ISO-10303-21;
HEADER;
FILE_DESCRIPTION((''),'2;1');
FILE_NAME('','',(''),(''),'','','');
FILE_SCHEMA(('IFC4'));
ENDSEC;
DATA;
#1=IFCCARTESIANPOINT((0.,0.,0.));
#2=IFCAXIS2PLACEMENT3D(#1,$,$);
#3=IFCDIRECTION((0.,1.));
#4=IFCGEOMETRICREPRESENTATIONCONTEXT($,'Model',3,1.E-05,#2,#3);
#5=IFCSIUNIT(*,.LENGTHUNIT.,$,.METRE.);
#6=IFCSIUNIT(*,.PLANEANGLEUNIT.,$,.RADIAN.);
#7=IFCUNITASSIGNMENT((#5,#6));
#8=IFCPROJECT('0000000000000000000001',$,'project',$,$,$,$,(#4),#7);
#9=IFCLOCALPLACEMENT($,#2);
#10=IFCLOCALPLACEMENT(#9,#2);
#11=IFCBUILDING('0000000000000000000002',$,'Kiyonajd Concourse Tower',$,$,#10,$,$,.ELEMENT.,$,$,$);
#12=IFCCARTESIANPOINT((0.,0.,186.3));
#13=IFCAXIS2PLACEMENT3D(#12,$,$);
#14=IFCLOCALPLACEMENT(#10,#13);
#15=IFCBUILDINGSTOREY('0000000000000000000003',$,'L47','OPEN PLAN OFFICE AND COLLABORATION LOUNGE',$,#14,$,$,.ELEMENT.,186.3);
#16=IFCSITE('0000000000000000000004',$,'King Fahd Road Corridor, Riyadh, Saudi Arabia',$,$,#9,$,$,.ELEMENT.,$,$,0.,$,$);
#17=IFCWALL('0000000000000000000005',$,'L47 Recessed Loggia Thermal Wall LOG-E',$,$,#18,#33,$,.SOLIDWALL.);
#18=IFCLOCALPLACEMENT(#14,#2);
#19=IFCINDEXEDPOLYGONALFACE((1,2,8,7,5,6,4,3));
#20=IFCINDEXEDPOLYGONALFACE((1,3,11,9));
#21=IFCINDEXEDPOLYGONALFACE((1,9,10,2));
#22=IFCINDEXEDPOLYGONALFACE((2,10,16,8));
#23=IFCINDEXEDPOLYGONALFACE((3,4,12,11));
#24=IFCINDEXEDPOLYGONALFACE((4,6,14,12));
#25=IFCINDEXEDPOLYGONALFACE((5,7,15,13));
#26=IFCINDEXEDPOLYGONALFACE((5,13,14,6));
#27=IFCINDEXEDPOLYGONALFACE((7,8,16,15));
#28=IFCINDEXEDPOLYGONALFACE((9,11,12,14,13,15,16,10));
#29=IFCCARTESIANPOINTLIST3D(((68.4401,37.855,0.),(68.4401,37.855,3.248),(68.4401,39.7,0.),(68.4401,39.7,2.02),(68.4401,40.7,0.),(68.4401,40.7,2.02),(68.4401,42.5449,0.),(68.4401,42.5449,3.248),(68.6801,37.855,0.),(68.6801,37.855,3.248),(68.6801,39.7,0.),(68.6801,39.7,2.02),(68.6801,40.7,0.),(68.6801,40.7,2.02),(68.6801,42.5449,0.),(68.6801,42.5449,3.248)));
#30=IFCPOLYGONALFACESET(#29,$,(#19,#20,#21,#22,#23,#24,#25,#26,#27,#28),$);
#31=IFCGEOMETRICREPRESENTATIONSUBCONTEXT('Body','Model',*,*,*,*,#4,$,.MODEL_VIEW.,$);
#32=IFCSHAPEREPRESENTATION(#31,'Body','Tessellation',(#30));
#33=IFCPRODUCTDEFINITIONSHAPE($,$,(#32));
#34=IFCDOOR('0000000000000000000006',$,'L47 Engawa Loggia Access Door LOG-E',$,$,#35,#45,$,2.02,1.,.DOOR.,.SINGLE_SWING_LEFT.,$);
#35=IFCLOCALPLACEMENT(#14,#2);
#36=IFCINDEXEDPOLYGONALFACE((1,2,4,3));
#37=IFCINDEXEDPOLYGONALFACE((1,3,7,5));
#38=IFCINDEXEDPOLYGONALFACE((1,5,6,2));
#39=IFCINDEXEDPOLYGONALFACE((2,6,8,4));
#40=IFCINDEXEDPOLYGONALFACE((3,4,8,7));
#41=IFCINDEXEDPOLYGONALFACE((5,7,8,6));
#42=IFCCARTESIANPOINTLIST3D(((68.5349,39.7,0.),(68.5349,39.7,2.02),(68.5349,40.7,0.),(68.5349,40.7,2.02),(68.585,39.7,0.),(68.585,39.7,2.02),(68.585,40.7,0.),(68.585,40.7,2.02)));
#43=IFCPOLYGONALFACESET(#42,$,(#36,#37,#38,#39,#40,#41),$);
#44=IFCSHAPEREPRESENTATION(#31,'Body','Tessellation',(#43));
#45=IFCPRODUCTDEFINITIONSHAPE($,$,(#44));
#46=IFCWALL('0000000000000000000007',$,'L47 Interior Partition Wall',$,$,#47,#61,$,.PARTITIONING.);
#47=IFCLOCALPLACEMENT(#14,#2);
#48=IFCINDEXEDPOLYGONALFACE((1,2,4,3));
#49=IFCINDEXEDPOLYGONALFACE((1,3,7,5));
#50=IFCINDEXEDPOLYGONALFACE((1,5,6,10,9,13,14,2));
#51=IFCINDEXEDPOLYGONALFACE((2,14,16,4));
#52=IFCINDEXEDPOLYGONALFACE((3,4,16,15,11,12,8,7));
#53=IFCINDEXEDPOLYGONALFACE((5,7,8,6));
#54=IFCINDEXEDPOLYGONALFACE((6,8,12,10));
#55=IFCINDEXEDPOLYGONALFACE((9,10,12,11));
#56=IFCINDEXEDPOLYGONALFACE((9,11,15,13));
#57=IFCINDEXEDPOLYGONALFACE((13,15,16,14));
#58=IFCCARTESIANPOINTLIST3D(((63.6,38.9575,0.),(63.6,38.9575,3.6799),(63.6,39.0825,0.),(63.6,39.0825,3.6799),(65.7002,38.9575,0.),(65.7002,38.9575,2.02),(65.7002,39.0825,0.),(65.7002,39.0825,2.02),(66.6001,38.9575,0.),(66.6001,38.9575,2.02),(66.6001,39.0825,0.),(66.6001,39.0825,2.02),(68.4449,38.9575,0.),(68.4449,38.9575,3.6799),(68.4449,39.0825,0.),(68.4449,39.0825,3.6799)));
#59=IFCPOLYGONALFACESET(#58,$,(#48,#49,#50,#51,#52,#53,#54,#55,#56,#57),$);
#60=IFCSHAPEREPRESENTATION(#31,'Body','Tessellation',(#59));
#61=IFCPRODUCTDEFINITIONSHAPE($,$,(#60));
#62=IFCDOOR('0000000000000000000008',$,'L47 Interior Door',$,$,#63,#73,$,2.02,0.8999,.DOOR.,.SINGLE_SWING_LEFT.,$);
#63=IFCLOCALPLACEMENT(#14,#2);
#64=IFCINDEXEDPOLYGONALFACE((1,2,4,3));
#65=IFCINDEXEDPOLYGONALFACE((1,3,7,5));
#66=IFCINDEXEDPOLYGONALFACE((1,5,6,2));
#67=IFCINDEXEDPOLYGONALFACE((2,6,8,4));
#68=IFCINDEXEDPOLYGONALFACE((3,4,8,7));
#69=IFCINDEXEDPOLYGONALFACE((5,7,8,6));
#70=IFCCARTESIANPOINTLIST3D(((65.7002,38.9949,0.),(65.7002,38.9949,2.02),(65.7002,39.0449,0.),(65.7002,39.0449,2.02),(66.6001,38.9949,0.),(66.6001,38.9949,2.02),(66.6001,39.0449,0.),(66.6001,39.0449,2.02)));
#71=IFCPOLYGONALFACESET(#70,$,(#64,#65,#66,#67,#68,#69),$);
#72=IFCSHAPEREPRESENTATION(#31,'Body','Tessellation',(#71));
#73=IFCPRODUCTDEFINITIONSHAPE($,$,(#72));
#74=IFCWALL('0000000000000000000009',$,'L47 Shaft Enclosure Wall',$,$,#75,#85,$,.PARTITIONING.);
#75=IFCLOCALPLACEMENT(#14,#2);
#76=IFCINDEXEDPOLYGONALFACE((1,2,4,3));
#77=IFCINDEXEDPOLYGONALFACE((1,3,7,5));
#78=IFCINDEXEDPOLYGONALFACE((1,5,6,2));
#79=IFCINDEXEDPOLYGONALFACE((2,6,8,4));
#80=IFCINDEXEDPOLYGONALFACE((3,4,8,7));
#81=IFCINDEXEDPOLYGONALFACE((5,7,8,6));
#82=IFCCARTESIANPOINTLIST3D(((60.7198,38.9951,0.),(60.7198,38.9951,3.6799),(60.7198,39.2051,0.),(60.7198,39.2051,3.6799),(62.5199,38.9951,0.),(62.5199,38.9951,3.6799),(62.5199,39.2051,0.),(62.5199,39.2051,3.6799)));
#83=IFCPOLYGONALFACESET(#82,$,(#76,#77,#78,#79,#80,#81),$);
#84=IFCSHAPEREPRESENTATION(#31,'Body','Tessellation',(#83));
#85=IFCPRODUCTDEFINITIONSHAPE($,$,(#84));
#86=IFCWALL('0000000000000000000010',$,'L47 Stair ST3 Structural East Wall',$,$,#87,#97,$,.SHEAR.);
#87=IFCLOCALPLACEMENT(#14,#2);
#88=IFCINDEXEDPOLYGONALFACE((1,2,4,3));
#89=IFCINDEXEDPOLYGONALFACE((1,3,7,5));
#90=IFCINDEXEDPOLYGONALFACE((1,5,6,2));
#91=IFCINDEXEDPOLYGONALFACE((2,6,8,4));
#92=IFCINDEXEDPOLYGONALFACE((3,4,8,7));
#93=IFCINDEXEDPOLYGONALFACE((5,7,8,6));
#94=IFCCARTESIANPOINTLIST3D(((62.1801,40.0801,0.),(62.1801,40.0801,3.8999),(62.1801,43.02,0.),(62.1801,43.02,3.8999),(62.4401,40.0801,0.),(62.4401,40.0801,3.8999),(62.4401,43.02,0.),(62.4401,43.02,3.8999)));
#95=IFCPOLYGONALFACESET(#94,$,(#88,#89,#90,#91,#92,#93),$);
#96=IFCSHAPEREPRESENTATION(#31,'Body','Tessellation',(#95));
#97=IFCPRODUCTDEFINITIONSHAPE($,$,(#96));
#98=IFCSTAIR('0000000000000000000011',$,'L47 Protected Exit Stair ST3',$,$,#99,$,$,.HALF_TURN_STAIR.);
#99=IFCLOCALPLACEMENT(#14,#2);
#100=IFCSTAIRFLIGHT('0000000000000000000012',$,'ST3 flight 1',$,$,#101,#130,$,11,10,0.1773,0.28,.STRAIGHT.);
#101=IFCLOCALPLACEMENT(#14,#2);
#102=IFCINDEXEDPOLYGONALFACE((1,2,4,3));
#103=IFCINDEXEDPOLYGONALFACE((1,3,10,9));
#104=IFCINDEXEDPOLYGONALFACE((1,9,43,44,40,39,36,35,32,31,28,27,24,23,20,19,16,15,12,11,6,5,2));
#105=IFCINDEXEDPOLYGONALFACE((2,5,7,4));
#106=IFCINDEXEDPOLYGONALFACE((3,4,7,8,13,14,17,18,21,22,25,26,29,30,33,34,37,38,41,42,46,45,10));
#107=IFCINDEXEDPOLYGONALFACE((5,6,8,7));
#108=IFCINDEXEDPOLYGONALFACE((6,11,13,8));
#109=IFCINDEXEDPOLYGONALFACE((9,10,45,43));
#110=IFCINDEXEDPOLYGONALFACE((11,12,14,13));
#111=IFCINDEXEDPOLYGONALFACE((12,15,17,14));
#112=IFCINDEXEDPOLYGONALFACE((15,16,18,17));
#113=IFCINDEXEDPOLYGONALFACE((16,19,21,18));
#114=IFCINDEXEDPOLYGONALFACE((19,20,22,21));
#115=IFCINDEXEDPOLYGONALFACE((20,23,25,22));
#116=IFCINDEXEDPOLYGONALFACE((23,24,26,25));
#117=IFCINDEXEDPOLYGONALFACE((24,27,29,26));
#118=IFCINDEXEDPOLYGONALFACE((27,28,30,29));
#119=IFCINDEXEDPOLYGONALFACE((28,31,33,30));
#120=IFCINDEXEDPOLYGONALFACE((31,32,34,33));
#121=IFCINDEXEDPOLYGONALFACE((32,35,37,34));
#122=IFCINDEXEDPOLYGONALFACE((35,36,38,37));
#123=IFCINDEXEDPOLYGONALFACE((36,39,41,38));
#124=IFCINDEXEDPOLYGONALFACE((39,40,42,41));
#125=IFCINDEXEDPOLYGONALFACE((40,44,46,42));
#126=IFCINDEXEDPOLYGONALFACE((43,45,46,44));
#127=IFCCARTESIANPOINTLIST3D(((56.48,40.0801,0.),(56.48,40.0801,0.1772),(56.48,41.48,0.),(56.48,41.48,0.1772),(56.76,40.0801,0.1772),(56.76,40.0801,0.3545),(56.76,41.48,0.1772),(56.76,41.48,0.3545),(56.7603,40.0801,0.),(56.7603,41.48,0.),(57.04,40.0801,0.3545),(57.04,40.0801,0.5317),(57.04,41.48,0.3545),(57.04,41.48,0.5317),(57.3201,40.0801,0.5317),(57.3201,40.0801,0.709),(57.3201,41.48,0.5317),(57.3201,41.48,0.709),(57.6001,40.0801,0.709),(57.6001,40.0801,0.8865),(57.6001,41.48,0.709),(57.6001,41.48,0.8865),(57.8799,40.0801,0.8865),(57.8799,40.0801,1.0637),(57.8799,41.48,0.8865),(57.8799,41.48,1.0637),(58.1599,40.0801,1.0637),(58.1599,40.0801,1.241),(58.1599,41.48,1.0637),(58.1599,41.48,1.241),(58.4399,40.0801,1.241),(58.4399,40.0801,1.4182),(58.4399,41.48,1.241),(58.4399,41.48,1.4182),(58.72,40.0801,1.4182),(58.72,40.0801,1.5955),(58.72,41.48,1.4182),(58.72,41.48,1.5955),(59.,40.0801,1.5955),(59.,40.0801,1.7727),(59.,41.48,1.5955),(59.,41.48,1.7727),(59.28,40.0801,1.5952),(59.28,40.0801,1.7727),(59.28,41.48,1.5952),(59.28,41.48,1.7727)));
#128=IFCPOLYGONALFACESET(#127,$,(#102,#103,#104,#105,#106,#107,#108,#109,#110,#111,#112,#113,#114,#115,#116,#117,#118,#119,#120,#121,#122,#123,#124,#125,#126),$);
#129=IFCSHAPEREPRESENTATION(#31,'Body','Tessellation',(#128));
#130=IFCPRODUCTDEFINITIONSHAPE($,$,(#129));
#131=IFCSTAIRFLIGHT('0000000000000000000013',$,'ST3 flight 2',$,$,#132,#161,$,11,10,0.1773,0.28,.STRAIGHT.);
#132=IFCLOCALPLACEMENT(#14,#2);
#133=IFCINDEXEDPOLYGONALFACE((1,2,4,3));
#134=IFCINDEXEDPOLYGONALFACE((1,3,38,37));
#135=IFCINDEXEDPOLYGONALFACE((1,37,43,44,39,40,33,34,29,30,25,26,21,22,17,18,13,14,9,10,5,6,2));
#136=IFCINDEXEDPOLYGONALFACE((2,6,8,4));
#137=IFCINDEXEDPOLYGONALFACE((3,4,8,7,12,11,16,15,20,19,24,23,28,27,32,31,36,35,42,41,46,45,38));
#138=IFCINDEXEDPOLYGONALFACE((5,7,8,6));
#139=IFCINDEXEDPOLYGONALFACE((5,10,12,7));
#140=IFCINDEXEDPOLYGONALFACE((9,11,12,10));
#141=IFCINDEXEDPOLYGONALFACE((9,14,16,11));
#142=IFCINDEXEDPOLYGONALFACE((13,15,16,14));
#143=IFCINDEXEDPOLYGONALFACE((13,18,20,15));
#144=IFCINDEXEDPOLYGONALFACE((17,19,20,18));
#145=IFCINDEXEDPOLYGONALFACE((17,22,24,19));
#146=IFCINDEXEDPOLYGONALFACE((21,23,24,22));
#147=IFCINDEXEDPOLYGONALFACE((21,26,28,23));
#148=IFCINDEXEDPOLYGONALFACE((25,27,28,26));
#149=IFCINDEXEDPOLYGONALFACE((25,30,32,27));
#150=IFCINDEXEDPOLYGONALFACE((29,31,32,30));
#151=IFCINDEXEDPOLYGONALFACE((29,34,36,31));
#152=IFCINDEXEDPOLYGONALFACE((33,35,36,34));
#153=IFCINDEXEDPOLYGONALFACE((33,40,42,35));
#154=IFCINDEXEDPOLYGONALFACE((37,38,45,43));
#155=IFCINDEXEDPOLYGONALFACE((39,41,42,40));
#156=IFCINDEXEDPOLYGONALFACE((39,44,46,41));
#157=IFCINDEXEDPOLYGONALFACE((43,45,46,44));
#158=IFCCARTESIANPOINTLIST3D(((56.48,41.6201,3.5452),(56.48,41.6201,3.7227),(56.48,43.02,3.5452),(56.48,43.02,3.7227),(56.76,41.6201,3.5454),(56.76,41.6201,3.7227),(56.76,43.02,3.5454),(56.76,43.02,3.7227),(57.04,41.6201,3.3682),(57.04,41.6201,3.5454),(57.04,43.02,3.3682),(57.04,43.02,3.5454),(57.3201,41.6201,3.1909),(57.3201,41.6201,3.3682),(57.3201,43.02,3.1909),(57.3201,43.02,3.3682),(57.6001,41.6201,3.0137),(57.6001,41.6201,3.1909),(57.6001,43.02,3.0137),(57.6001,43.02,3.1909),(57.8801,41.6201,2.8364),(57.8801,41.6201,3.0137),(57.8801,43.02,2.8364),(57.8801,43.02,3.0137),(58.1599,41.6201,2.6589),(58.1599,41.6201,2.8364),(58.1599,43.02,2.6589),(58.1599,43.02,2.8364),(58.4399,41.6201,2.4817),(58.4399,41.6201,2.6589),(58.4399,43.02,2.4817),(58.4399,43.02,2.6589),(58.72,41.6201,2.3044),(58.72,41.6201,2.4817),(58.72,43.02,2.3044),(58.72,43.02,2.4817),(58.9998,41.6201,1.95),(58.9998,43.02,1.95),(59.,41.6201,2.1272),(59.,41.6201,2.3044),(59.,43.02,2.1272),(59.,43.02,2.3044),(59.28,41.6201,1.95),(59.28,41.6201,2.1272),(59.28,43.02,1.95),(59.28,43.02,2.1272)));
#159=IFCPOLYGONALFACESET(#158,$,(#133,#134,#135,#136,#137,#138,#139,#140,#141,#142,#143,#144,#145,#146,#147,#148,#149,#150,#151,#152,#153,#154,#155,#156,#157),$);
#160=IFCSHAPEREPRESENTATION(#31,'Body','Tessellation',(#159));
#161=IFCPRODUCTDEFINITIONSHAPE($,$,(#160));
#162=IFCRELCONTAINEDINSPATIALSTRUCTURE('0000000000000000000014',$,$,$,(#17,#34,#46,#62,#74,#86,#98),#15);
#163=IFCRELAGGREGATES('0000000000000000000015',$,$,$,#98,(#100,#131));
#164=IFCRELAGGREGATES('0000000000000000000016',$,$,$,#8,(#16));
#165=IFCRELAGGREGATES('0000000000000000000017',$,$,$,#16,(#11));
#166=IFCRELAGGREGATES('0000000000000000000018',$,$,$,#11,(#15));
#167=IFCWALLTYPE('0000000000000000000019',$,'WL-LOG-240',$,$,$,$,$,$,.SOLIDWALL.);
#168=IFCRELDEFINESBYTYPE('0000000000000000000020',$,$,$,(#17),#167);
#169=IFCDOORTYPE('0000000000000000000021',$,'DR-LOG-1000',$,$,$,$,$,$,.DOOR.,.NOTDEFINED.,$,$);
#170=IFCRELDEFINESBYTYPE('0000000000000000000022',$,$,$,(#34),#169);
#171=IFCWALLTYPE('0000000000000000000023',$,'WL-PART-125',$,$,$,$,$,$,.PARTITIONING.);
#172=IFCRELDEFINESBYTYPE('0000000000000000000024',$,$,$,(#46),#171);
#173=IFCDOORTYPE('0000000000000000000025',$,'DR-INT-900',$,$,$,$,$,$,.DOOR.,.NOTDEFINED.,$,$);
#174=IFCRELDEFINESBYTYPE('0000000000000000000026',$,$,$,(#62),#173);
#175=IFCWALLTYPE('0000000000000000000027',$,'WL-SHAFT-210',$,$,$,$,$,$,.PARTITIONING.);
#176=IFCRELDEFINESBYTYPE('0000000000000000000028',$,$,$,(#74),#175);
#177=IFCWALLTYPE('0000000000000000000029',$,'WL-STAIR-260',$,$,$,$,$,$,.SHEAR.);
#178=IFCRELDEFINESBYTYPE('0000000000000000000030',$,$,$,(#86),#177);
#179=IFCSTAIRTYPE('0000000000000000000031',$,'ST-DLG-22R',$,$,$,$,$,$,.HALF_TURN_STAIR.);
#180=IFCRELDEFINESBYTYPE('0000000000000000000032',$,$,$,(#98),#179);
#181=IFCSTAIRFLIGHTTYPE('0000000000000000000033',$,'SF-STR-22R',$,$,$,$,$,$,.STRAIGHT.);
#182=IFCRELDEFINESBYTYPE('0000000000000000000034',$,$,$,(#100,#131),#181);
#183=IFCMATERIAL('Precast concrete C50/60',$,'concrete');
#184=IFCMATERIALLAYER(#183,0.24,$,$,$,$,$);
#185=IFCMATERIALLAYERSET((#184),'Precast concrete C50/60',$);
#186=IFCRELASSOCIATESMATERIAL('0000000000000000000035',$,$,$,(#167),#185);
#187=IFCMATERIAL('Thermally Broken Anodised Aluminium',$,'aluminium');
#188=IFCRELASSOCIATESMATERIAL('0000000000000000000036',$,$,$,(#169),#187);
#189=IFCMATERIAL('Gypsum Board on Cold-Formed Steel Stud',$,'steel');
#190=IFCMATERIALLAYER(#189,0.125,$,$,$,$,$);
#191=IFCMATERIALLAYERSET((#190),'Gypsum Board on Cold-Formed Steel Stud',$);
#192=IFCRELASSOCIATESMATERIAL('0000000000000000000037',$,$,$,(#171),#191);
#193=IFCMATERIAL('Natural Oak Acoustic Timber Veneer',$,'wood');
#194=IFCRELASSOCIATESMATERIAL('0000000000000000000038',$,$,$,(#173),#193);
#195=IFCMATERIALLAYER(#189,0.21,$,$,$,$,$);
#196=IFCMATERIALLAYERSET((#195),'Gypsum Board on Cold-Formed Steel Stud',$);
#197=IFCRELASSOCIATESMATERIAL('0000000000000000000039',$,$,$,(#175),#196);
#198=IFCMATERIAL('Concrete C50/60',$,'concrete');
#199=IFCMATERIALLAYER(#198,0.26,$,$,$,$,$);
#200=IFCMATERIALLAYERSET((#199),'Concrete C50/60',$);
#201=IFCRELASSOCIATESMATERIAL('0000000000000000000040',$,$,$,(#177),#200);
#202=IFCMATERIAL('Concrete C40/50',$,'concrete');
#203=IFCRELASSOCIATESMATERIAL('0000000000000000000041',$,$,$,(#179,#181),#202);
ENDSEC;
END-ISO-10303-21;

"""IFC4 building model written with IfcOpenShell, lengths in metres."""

from ifc_helpers import new_model, si_unit, direction, frame, frame_2d, origin, place, context, subcontext, project, spatial, polyline, rectangle, outline, extrude, material, layer, layer_set, type_object, element, fill, aggregate, save


model = new_model("IFC4")

# Units and contexts
model_context = context("Model", 3, precision=1e-05, world=origin(), true_north=direction((0.0, 1.0)))
body_context = subcontext(model_context, "Body", "Model", "MODEL_VIEW")
ifc_project = project(units=[si_unit("LENGTHUNIT", "METRE"), si_unit("PLANEANGLEUNIT", "RADIAN")], contexts=[model_context])

# Site, building, storey
site_placement = place(None, origin())
site = spatial("IfcSite", under=ifc_project, at=site_placement, Name="King Fahd Road Corridor, Riyadh, Saudi Arabia", CompositionType="ELEMENT", RefElevation=0.0)
building_placement = place(site_placement, origin())
building = spatial("IfcBuilding", under=site, at=building_placement, Name="Kiyonajd Concourse Tower", CompositionType="ELEMENT")
storey_placement = place(building_placement, frame((0.0, 0.0, 186.3)))
storey = spatial("IfcBuildingStorey", under=building, at=storey_placement, Name="L47", Description="OPEN PLAN OFFICE AND COLLABORATION LOUNGE", CompositionType="ELEMENT", Elevation=186.3)

# Shared definitions
ifc_material_1 = material(Name="Thermally Broken Anodised Aluminium", Category="aluminium")

# Shared definitions
ifc_material_2 = material(Name="Precast concrete C50/60", Category="concrete")

# Walls, openings, doors
ifc_layer_1 = layer(ifc_material_2, 0.24)
ifc_layer_set_1 = layer_set([ifc_layer_1], Name="Precast concrete C50/60")
wall_type_1 = type_object("IfcWallType", Name="WL-LOG-240", PredefinedType="SOLIDWALL", material=ifc_layer_set_1)
wall_1_placement = place(storey_placement, frame((68.5601, 42.5449, 0.0), z_axis=(0.0, 0.0, 1.0), x_axis=(0.0, -1.0, 0.0)))
wall_1 = element("IfcWall", 1, at=wall_1_placement, inside=storey, type_object=wall_type_1, Name="L47 Recessed Loggia Thermal Wall LOG-E", PredefinedType="SOLIDWALL", context=body_context, shape_type="SweptSolid", body=[
    extrude(rectangle(XDim=4.6899, YDim=0.24, at=frame_2d((2.345, 0.0))), origin(), (0.0, 0.0, 1.0), 3.248),
])
opening_1_placement = place(wall_1_placement, frame((1.845, 0.0, 0.0)))
opening_1 = element("IfcOpeningElement", 2, at=opening_1_placement, cuts=wall_1, PredefinedType="OPENING", context=body_context, shape_type="SweptSolid", body=[
    extrude(rectangle(XDim=1.0, YDim=2.02, at=frame_2d((0.5, 1.01))), frame((0.0, 0.1299, 0.0), z_axis=(0.0, -1.0, 0.0), x_axis=(1.0, 0.0, 0.0)), (0.0, 0.0, 1.0), 0.26),
])
door_type_1 = type_object("IfcDoorType", Name="DR-LOG-1000", OperationType="NOTDEFINED", PredefinedType="DOOR", material=ifc_material_1)
door_1_placement = place(opening_1_placement, origin())
door_1 = element("IfcDoor", 3, at=door_1_placement, inside=storey, type_object=door_type_1, Name="L47 Engawa Loggia Access Door LOG-E", OperationType="SINGLE_SWING_LEFT", OverallHeight=2.02, OverallWidth=1.0, PredefinedType="DOOR", context=body_context, shape_type="SweptSolid", body=[
    extrude(rectangle(XDim=1.0, YDim=2.02, at=frame_2d((0.5, 1.01))), frame((0.0, 0.0249, 0.0), z_axis=(0.0, -1.0, 0.0), x_axis=(1.0, 0.0, 0.0)), (0.0, 0.0, 1.0), 0.05),
])
fill(opening_1, door_1)
ifc_material_3 = material(Name="Gypsum Board on Cold-Formed Steel Stud", Category="steel")
ifc_layer_2 = layer(ifc_material_3, 0.125)
ifc_layer_set_2 = layer_set([ifc_layer_2], Name="Gypsum Board on Cold-Formed Steel Stud")
wall_type_2 = type_object("IfcWallType", Name="WL-PART-125", PredefinedType="PARTITIONING", material=ifc_layer_set_2)
wall_2_placement = place(storey_placement, frame((63.6001, 39.02, 0.0), z_axis=(0.0, 0.0, 1.0), x_axis=(1.0, 0.0, 0.0)))
wall_2 = element("IfcWall", 4, at=wall_2_placement, inside=storey, type_object=wall_type_2, Name="L47 Interior Partition Wall", PredefinedType="PARTITIONING", context=body_context, shape_type="SweptSolid", body=[
    extrude(rectangle(XDim=4.845, YDim=0.125, at=frame_2d((2.4224, 0.0))), origin(), (0.0, 0.0, 1.0), 3.6799),
])
opening_2_placement = place(wall_2_placement, frame((2.1001, 0.0, 0.0)))
opening_2 = element("IfcOpeningElement", 5, at=opening_2_placement, cuts=wall_2, PredefinedType="OPENING", context=body_context, shape_type="SweptSolid", body=[
    extrude(rectangle(XDim=0.8999, YDim=2.02, at=frame_2d((0.45, 1.01))), frame((0.0, 0.0725, 0.0), z_axis=(0.0, -1.0, 0.0), x_axis=(1.0, 0.0, 0.0)), (0.0, 0.0, 1.0), 0.145),
])
ifc_material_4 = material(Name="Natural Oak Acoustic Timber Veneer", Category="wood")
door_type_2 = type_object("IfcDoorType", Name="DR-INT-900", OperationType="NOTDEFINED", PredefinedType="DOOR", material=ifc_material_4)
door_2_placement = place(opening_2_placement, origin())
door_2 = element("IfcDoor", 6, at=door_2_placement, inside=storey, type_object=door_type_2, Name="L47 Interior Door", OperationType="SINGLE_SWING_LEFT", OverallHeight=2.02, OverallWidth=0.8999, PredefinedType="DOOR", context=body_context, shape_type="SweptSolid", body=[
    extrude(rectangle(XDim=0.8999, YDim=2.02, at=frame_2d((0.45, 1.01))), frame((0.0, 0.0249, 0.0), z_axis=(0.0, -1.0, 0.0), x_axis=(1.0, 0.0, 0.0)), (0.0, 0.0, 1.0), 0.05),
])
fill(opening_2, door_2)

# Walls
ifc_layer_3 = layer(ifc_material_3, 0.21)
ifc_layer_set_3 = layer_set([ifc_layer_3], Name="Gypsum Board on Cold-Formed Steel Stud")
wall_type_3 = type_object("IfcWallType", Name="WL-SHAFT-210", PredefinedType="PARTITIONING", material=ifc_layer_set_3)
wall_3_placement = place(storey_placement, frame((60.72, 39.1001, 0.0), z_axis=(0.0, 0.0, 1.0), x_axis=(1.0, 0.0, 0.0)))
element("IfcWall", 7, at=wall_3_placement, inside=storey, type_object=wall_type_3, Name="L47 Shaft Enclosure Wall", PredefinedType="PARTITIONING", context=body_context, shape_type="SweptSolid", body=[
    extrude(rectangle(XDim=1.8, YDim=0.21, at=frame_2d((0.8999, 0.0))), origin(), (0.0, 0.0, 1.0), 3.6799),
])
ifc_material_5 = material(Name="Concrete C50/60", Category="concrete")
ifc_layer_4 = layer(ifc_material_5, 0.26)
ifc_layer_set_4 = layer_set([ifc_layer_4], Name="Concrete C50/60")
wall_type_4 = type_object("IfcWallType", Name="WL-STAIR-260", PredefinedType="SHEAR", material=ifc_layer_set_4)
wall_4_placement = place(storey_placement, frame((62.3101, 40.0801, 0.0), z_axis=(0.0, 0.0, 1.0), x_axis=(0.0, 1.0, 0.0)))
element("IfcWall", 8, at=wall_4_placement, inside=storey, type_object=wall_type_4, Name="L47 Stair ST3 Structural East Wall", PredefinedType="SHEAR", context=body_context, shape_type="SweptSolid", body=[
    extrude(rectangle(XDim=2.9399, YDim=0.26, at=frame_2d((1.47, 0.0))), origin(), (0.0, 0.0, 1.0), 3.8999),
])

# Stair, stair flights
ifc_material_6 = material(Name="Concrete C40/50", Category="concrete")
stair_type = type_object("IfcStairType", Name="ST-DLG-22R", PredefinedType="HALF_TURN_STAIR", material=ifc_material_6)
stair_placement = place(storey_placement, origin())
stair = element("IfcStair", 9, at=stair_placement, inside=storey, type_object=stair_type, Name="L47 Protected Exit Stair ST3", PredefinedType="HALF_TURN_STAIR")
stair_flight_type = type_object("IfcStairFlightType", Name="SF-STR-22R", PredefinedType="STRAIGHT", material=ifc_material_6)
stair_flight_1_placement = place(storey_placement, frame((56.48, 40.78, 0.0), z_axis=(0.0, 0.0, 1.0), x_axis=(1.0, 0.0, 0.0)))
stair_flight_1 = element("IfcStairFlight", 10, at=stair_flight_1_placement, type_object=stair_flight_type, Name="ST3 flight 1", NumberOfRisers=11, NumberOfTreads=10, PredefinedType="STRAIGHT", RiserHeight=0.1773, TreadLength=0.28, context=body_context, shape_type="SweptSolid", body=[
    extrude(outline(polyline([(0.0, 0.0), (0.0, 0.1772), (0.28, 0.1772), (0.28, 0.3545), (0.5601, 0.3545), (0.5601, 0.5317), (0.8401, 0.5317), (0.8401, 0.709), (1.1201, 0.709), (1.1201, 0.8865), (1.3999, 0.8865), (1.3999, 1.0637), (1.6799, 1.0637), (1.6799, 1.241), (1.96, 1.241), (1.96, 1.4182), (2.24, 1.4182), (2.24, 1.5955), (2.52, 1.5955), (2.52, 1.7727), (2.8, 1.7727), (2.8, 1.95), (2.8, 1.5952), (0.2803, 0.0), (0.0, 0.0)])), frame((0.0, 0.7, 0.0), z_axis=(0.0, -1.0, 0.0), x_axis=(1.0, 0.0, 0.0)), (0.0, 0.0, 1.0), 1.3999),
])
stair_flight_2_placement = place(storey_placement, frame((59.28, 42.3201, 1.95), z_axis=(0.0, 0.0, 1.0), x_axis=(-1.0, 0.0, 0.0)))
stair_flight_2 = element("IfcStairFlight", 11, at=stair_flight_2_placement, type_object=stair_flight_type, Name="ST3 flight 2", NumberOfRisers=11, NumberOfTreads=10, PredefinedType="STRAIGHT", RiserHeight=0.1773, TreadLength=0.28, context=body_context, shape_type="SweptSolid", body=[
    extrude(outline(polyline([(0.0, 0.0), (0.0, 0.1772), (0.28, 0.1772), (0.28, 0.3545), (0.5601, 0.3545), (0.5601, 0.5317), (0.8401, 0.5317), (0.8401, 0.709), (1.1201, 0.709), (1.1201, 0.8865), (1.3999, 0.8865), (1.3999, 1.0637), (1.6799, 1.0637), (1.6799, 1.241), (1.96, 1.241), (1.96, 1.4182), (2.24, 1.4182), (2.24, 1.5955), (2.52, 1.5955), (2.52, 1.7727), (2.8, 1.7727), (2.8, 1.95), (2.8, 1.5952), (0.2803, 0.0), (0.0, 0.0)])), frame((0.0, 0.7, 0.0), z_axis=(0.0, -1.0, 0.0), x_axis=(1.0, 0.0, 0.0)), (0.0, 0.0, 1.0), 1.3999),
])
aggregate(stair, [stair_flight_1, stair_flight_2])

save(model, "model.ifc")
